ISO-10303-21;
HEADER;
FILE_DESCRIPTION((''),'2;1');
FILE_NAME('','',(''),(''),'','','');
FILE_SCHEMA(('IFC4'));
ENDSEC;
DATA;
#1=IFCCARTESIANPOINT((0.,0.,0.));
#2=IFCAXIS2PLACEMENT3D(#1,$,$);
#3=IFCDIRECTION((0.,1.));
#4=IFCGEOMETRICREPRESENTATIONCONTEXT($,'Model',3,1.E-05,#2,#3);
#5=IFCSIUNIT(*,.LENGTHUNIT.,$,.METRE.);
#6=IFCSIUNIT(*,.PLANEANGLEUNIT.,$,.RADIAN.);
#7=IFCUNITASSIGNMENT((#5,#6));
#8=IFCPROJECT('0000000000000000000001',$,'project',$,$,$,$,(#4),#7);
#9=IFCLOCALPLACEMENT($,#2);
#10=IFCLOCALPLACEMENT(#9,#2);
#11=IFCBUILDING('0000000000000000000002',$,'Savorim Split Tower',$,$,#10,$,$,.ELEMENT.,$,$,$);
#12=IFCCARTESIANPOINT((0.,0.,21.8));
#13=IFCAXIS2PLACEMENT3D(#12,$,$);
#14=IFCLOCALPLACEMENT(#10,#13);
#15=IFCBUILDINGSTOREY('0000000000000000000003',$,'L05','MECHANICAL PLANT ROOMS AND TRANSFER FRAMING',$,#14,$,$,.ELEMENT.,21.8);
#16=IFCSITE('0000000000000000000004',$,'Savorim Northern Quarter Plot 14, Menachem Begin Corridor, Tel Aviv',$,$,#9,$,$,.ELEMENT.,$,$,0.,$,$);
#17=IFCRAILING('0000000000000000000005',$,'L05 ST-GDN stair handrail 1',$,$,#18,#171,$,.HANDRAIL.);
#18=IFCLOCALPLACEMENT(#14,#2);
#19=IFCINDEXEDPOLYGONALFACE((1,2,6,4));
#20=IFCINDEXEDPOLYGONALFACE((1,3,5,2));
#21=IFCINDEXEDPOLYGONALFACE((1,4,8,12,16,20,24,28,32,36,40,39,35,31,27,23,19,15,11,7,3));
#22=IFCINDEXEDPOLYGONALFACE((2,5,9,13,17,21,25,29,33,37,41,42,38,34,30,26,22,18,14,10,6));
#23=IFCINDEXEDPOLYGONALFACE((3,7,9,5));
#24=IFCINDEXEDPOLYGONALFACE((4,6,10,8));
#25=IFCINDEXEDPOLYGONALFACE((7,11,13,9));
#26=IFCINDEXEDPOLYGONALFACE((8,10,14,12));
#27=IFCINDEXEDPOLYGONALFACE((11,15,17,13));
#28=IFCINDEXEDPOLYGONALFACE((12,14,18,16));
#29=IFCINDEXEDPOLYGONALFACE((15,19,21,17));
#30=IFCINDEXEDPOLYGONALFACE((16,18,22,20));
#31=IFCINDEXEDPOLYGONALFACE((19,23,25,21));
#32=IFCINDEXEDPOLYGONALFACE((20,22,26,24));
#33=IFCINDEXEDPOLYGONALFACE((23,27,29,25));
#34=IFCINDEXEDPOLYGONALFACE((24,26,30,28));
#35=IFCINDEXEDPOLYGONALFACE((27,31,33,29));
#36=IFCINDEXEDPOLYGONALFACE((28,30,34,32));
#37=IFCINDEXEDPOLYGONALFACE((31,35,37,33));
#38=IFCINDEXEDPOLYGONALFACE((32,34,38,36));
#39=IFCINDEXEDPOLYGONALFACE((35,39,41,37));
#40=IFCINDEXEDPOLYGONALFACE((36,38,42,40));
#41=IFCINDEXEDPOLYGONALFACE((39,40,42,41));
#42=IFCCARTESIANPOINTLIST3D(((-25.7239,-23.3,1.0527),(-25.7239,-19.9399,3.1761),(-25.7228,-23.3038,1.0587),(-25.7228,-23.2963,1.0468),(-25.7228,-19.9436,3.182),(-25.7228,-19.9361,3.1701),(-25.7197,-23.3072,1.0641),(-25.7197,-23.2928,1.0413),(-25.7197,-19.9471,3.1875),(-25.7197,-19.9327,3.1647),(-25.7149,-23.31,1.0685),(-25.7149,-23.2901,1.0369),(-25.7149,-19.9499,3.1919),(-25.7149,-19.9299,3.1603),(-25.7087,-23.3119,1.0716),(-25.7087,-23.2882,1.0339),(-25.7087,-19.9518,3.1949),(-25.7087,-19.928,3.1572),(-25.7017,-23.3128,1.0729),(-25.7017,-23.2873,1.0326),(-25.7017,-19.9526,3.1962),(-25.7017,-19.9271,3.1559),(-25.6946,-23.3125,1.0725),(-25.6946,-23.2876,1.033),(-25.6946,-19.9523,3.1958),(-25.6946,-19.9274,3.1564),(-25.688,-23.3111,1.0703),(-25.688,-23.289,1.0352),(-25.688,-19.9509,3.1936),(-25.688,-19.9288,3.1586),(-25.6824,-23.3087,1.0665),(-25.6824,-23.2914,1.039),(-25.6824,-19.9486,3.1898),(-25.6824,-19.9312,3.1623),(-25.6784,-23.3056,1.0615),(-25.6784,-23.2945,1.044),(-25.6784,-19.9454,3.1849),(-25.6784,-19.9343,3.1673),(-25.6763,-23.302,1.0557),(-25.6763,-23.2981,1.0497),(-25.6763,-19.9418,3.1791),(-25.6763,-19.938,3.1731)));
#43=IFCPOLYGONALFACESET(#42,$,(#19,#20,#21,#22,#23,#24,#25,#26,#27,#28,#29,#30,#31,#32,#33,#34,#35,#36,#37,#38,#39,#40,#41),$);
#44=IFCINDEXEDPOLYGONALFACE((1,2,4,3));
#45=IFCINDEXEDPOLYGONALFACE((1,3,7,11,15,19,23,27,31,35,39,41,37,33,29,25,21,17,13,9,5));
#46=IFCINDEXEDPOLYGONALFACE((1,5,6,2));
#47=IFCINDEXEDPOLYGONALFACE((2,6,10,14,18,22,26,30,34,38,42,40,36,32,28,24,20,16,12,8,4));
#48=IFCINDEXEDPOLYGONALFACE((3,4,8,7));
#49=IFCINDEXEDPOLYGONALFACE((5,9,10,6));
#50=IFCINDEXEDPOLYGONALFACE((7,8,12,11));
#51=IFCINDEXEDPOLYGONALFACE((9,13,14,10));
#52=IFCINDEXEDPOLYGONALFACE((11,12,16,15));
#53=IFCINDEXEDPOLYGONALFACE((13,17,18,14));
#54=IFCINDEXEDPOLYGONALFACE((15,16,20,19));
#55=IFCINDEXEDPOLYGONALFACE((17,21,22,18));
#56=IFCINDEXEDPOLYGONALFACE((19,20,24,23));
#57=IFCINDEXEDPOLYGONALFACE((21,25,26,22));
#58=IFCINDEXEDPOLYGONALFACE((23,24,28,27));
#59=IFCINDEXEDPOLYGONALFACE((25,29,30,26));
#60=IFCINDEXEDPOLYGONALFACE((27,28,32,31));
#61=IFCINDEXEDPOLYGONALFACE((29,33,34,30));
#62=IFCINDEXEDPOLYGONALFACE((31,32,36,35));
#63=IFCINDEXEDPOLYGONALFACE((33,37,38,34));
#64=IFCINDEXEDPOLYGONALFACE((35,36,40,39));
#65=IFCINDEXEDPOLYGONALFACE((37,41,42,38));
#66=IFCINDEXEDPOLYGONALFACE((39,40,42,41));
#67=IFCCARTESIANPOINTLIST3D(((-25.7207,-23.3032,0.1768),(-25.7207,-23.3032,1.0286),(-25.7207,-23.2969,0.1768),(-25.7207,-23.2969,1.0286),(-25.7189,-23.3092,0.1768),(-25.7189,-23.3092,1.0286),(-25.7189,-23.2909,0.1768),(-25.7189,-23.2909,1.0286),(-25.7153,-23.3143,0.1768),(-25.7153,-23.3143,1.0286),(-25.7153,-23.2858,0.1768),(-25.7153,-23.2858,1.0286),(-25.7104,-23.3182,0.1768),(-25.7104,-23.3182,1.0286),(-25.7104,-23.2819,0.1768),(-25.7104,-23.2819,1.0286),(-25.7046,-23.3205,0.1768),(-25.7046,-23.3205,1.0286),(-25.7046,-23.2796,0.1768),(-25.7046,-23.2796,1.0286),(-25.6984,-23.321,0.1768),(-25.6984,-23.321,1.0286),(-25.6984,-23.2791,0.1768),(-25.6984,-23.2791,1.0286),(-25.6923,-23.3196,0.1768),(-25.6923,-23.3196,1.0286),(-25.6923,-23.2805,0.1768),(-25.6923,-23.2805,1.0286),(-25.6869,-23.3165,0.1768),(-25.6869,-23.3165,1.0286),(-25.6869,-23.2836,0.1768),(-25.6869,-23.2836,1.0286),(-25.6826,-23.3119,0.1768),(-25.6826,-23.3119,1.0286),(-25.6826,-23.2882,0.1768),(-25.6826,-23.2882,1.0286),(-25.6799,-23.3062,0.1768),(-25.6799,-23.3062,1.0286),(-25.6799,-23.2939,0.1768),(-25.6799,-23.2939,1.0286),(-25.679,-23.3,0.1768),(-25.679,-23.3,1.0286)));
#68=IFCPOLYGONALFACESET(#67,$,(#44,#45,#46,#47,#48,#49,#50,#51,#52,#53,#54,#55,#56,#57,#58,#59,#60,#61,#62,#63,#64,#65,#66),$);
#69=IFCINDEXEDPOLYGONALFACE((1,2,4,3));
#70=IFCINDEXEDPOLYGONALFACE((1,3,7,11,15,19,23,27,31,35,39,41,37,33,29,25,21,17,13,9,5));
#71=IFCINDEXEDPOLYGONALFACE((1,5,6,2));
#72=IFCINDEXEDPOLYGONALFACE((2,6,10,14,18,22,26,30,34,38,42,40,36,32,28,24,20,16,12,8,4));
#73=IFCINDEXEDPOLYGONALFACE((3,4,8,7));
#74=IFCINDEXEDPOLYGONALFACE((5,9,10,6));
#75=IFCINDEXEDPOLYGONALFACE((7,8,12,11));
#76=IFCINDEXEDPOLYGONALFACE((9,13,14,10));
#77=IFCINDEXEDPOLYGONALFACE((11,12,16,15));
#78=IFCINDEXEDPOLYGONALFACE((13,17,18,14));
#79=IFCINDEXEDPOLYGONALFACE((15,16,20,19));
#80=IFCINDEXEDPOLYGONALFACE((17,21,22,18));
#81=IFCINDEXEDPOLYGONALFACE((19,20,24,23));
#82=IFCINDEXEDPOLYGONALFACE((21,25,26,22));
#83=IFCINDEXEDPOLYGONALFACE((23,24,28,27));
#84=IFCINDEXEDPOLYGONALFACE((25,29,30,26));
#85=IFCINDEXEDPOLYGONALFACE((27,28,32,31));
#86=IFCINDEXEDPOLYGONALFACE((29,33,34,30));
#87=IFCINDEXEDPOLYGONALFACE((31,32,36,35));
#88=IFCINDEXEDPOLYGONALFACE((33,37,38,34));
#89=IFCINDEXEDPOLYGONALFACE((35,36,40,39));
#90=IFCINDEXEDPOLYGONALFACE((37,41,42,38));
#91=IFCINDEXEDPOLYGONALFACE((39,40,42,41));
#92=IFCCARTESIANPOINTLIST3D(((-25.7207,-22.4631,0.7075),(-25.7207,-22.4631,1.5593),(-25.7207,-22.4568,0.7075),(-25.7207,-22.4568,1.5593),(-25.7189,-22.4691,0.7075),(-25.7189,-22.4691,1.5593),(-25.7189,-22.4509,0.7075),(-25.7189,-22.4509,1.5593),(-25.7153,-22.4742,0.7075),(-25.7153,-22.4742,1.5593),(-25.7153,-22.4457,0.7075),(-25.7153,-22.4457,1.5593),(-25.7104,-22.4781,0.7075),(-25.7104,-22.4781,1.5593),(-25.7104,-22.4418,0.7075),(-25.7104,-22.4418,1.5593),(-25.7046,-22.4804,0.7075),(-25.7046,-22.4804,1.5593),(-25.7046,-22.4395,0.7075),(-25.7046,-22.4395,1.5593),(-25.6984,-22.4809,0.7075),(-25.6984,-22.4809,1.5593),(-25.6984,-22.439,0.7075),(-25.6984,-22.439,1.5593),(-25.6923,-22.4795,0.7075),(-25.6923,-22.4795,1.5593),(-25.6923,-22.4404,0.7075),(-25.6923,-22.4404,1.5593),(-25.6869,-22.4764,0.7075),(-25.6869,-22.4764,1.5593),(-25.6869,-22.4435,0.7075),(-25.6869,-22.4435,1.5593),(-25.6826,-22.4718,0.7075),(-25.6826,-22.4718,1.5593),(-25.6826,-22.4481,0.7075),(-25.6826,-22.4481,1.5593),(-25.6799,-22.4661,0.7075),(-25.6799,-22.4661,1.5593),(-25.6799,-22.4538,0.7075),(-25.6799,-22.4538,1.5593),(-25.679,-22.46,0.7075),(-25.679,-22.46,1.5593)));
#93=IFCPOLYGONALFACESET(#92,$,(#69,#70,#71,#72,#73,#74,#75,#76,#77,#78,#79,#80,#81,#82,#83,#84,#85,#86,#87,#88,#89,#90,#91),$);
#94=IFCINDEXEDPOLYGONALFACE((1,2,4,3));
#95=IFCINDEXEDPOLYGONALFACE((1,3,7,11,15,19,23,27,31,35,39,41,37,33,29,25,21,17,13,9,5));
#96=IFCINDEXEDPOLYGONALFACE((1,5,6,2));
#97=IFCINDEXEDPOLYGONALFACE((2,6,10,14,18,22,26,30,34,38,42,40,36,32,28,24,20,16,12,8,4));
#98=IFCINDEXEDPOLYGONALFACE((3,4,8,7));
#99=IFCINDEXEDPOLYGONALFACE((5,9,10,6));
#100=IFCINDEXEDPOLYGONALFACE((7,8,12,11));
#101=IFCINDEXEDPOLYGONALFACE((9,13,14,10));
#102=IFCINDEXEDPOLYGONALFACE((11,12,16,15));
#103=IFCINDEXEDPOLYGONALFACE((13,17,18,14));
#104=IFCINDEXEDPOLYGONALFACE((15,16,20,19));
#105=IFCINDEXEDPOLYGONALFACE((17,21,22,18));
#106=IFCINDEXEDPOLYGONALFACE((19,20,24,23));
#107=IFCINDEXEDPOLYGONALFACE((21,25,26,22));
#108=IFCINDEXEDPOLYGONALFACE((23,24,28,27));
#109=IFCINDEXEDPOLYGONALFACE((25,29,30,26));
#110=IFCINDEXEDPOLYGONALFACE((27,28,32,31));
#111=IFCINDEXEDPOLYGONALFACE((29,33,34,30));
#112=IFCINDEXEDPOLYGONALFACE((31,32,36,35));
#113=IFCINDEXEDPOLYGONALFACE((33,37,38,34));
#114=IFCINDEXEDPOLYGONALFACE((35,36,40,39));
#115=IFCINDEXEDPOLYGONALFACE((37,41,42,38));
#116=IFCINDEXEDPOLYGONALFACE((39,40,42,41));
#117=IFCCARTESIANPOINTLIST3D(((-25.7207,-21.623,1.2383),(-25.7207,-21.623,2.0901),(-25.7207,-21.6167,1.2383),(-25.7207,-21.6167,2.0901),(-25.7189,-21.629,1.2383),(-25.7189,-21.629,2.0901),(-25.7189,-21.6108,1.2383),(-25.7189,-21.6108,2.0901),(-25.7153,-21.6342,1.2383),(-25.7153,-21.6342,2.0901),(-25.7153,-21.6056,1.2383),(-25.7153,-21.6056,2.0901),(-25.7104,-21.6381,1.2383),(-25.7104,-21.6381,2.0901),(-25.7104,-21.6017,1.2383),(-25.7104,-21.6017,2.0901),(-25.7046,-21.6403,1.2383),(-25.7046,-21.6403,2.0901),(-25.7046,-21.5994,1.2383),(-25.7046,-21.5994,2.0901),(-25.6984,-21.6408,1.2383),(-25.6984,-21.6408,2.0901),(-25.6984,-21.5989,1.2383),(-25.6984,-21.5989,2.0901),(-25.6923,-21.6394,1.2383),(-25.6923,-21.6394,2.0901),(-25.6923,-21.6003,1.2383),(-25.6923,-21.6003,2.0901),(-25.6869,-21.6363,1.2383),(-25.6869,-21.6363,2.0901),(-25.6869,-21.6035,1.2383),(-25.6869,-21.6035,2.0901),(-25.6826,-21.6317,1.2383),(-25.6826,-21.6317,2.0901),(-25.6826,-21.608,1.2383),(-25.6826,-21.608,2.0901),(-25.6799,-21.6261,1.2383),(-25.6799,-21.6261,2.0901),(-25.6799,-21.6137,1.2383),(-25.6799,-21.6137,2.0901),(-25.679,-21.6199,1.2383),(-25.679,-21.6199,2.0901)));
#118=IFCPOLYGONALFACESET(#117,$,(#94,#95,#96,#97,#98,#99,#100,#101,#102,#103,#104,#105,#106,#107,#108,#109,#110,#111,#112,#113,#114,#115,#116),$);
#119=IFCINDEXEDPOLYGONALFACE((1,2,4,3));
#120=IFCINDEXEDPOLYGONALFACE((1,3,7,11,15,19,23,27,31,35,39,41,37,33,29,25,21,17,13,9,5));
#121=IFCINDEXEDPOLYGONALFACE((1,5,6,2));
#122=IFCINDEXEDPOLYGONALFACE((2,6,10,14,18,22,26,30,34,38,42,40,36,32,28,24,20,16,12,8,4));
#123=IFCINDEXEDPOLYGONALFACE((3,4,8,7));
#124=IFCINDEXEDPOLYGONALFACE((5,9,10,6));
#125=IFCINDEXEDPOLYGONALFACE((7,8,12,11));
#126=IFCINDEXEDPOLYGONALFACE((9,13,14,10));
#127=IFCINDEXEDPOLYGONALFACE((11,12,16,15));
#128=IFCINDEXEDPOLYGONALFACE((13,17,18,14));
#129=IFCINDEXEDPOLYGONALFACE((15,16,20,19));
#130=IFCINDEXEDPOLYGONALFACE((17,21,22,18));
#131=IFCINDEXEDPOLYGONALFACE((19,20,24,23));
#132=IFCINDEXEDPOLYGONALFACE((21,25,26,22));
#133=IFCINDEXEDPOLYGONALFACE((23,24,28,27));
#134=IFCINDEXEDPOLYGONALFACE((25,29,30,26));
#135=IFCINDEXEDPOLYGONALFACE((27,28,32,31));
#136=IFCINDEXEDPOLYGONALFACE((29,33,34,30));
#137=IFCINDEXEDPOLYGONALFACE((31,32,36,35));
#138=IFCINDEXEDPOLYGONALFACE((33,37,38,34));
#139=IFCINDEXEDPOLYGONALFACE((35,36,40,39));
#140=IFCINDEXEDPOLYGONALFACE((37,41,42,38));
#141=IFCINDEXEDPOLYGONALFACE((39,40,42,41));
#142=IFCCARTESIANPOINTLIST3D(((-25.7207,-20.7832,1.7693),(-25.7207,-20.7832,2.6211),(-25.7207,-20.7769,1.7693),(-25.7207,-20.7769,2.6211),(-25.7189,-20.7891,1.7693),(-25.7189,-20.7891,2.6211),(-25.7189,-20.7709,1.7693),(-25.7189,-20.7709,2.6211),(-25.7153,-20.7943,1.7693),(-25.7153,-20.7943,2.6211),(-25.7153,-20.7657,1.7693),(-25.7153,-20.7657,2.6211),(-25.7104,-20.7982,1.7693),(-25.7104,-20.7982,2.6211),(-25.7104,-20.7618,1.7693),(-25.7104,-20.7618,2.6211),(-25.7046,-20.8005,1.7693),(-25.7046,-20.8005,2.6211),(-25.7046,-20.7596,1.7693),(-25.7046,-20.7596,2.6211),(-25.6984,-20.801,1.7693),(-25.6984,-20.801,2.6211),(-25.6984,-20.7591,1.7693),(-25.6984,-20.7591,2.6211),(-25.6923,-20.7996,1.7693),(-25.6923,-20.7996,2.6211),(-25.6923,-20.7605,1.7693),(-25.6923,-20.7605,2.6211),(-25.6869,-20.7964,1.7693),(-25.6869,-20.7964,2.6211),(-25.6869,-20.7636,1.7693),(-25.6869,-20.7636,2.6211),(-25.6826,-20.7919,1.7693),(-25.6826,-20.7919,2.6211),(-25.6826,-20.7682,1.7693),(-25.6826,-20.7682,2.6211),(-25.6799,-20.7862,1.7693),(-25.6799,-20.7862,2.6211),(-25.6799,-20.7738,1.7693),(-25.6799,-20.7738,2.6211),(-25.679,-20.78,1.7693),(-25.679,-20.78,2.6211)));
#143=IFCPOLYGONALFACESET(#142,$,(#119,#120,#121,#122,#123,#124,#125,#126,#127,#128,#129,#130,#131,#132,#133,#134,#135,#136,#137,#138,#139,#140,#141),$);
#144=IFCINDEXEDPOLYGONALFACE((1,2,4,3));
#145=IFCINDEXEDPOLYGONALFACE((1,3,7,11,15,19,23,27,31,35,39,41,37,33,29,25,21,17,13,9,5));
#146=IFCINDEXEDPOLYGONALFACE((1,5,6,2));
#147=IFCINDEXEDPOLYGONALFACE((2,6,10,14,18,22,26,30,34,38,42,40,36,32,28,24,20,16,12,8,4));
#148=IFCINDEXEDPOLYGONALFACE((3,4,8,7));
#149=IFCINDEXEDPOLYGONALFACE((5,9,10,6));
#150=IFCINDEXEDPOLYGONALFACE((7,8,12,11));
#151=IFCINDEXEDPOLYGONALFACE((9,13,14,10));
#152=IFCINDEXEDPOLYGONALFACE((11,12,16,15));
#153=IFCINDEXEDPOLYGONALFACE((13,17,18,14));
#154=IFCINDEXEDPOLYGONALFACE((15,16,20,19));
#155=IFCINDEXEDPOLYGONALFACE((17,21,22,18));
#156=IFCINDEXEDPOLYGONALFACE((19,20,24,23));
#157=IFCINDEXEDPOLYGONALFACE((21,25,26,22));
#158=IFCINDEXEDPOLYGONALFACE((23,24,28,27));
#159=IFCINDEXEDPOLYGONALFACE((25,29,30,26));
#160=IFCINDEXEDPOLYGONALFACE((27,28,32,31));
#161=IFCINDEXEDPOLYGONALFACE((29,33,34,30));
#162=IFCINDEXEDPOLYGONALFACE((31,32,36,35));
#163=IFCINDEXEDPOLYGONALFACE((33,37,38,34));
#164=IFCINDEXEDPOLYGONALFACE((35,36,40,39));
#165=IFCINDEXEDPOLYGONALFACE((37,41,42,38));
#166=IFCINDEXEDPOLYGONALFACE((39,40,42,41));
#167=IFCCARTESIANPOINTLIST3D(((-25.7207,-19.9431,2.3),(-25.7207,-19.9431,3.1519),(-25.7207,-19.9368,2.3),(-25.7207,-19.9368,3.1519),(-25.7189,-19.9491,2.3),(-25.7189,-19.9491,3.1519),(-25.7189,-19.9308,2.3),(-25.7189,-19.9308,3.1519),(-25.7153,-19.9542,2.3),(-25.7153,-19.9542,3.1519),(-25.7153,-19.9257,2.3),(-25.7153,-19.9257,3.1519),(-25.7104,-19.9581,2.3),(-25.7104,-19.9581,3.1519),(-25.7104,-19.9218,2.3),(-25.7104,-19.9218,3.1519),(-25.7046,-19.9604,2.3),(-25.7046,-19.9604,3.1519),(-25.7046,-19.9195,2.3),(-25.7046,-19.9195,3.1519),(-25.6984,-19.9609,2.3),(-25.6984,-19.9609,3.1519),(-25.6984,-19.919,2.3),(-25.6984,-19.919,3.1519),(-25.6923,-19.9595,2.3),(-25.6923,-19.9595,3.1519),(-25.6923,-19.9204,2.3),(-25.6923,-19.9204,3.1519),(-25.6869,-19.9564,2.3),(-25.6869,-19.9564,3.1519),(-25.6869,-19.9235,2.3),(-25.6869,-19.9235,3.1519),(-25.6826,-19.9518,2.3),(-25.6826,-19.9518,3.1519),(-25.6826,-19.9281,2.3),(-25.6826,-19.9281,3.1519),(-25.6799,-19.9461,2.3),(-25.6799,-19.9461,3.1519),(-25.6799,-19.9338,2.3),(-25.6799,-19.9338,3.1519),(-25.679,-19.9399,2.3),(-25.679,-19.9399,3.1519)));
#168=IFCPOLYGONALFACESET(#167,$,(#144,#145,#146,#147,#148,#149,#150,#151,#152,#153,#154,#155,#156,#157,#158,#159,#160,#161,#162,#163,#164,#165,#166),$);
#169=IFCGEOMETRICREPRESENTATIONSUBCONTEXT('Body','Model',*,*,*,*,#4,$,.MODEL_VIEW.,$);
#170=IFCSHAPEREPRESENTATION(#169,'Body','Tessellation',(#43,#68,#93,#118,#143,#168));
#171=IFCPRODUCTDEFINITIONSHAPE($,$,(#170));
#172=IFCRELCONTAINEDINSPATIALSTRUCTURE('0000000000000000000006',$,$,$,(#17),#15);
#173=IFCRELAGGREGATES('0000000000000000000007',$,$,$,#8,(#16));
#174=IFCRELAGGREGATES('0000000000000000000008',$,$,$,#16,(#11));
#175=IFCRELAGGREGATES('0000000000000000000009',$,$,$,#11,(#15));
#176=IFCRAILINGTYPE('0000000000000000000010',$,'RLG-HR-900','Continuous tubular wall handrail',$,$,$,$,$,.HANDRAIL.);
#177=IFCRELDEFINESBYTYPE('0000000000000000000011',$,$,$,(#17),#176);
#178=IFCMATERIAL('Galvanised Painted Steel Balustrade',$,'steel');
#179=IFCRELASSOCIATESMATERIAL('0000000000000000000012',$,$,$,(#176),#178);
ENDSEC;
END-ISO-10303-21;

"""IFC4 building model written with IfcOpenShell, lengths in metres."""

from ifc_helpers import new_model, si_unit, direction, frame, origin, origin_2d, place, context, subcontext, project, spatial, circle, extrude, material, type_object, element, save


model = new_model("IFC4")

# Units and contexts
model_context = context("Model", 3, precision=1e-05, world=origin(), true_north=direction((0.0, 1.0)))
body_context = subcontext(model_context, "Body", "Model", "MODEL_VIEW")
ifc_project = project(units=[si_unit("LENGTHUNIT", "METRE"), si_unit("PLANEANGLEUNIT", "RADIAN")], contexts=[model_context])

# Site, building, storey
site_placement = place(None, origin())
site = spatial("IfcSite", under=ifc_project, at=site_placement, Name="Savorim Northern Quarter Plot 14, Menachem Begin Corridor, Tel Aviv", CompositionType="ELEMENT", RefElevation=0.0)
building_placement = place(site_placement, origin())
building = spatial("IfcBuilding", under=site, at=building_placement, Name="Savorim Split Tower", CompositionType="ELEMENT")
storey_placement = place(building_placement, frame((0.0, 0.0, 21.8)))
storey = spatial("IfcBuildingStorey", under=building, at=storey_placement, Name="L05", Description="MECHANICAL PLANT ROOMS AND TRANSFER FRAMING", CompositionType="ELEMENT", Elevation=21.8)

# Railing
ifc_material_1 = material(Name="Galvanised Painted Steel Balustrade", Category="steel")
railing_type_1 = type_object("IfcRailingType", Name="RLG-HR-900", Description="Continuous tubular wall handrail", PredefinedType="HANDRAIL", material=ifc_material_1)
railing_1_placement = place(storey_placement, frame((-25.7, -23.3, 0.1768)))
element("IfcRailing", 1, at=railing_1_placement, inside=storey, type_object=railing_type_1, Name="L05 ST-GDN stair handrail 1", PredefinedType="HANDRAIL", context=body_context, shape_type="SweptSolid", body=[
    extrude(circle(Radius=0.0239, at=origin_2d()), frame((0.0, 0.0, 0.876), z_axis=(0.0, 0.845362, 0.534194), x_axis=(-1.0, 0.0, 0.0)), (0.0, 0.0, 1.0), 3.9749),
    extrude(circle(Radius=0.021, at=origin_2d()), origin(), (0.0, 0.0, 1.0), 0.8518),
    extrude(circle(Radius=0.021, at=origin_2d()), frame((0.0, 0.8401, 0.5308)), (0.0, 0.0, 1.0), 0.8518),
    extrude(circle(Radius=0.021, at=origin_2d()), frame((0.0, 1.6802, 1.0615)), (0.0, 0.0, 1.0), 0.8518),
    extrude(circle(Radius=0.021, at=origin_2d()), frame((0.0, 2.52, 1.5925)), (0.0, 0.0, 1.0), 0.8518),
    extrude(circle(Radius=0.021, at=origin_2d()), frame((0.0, 3.3601, 2.1233)), (0.0, 0.0, 1.0), 0.8518),
])

save(model, "model.ifc")
